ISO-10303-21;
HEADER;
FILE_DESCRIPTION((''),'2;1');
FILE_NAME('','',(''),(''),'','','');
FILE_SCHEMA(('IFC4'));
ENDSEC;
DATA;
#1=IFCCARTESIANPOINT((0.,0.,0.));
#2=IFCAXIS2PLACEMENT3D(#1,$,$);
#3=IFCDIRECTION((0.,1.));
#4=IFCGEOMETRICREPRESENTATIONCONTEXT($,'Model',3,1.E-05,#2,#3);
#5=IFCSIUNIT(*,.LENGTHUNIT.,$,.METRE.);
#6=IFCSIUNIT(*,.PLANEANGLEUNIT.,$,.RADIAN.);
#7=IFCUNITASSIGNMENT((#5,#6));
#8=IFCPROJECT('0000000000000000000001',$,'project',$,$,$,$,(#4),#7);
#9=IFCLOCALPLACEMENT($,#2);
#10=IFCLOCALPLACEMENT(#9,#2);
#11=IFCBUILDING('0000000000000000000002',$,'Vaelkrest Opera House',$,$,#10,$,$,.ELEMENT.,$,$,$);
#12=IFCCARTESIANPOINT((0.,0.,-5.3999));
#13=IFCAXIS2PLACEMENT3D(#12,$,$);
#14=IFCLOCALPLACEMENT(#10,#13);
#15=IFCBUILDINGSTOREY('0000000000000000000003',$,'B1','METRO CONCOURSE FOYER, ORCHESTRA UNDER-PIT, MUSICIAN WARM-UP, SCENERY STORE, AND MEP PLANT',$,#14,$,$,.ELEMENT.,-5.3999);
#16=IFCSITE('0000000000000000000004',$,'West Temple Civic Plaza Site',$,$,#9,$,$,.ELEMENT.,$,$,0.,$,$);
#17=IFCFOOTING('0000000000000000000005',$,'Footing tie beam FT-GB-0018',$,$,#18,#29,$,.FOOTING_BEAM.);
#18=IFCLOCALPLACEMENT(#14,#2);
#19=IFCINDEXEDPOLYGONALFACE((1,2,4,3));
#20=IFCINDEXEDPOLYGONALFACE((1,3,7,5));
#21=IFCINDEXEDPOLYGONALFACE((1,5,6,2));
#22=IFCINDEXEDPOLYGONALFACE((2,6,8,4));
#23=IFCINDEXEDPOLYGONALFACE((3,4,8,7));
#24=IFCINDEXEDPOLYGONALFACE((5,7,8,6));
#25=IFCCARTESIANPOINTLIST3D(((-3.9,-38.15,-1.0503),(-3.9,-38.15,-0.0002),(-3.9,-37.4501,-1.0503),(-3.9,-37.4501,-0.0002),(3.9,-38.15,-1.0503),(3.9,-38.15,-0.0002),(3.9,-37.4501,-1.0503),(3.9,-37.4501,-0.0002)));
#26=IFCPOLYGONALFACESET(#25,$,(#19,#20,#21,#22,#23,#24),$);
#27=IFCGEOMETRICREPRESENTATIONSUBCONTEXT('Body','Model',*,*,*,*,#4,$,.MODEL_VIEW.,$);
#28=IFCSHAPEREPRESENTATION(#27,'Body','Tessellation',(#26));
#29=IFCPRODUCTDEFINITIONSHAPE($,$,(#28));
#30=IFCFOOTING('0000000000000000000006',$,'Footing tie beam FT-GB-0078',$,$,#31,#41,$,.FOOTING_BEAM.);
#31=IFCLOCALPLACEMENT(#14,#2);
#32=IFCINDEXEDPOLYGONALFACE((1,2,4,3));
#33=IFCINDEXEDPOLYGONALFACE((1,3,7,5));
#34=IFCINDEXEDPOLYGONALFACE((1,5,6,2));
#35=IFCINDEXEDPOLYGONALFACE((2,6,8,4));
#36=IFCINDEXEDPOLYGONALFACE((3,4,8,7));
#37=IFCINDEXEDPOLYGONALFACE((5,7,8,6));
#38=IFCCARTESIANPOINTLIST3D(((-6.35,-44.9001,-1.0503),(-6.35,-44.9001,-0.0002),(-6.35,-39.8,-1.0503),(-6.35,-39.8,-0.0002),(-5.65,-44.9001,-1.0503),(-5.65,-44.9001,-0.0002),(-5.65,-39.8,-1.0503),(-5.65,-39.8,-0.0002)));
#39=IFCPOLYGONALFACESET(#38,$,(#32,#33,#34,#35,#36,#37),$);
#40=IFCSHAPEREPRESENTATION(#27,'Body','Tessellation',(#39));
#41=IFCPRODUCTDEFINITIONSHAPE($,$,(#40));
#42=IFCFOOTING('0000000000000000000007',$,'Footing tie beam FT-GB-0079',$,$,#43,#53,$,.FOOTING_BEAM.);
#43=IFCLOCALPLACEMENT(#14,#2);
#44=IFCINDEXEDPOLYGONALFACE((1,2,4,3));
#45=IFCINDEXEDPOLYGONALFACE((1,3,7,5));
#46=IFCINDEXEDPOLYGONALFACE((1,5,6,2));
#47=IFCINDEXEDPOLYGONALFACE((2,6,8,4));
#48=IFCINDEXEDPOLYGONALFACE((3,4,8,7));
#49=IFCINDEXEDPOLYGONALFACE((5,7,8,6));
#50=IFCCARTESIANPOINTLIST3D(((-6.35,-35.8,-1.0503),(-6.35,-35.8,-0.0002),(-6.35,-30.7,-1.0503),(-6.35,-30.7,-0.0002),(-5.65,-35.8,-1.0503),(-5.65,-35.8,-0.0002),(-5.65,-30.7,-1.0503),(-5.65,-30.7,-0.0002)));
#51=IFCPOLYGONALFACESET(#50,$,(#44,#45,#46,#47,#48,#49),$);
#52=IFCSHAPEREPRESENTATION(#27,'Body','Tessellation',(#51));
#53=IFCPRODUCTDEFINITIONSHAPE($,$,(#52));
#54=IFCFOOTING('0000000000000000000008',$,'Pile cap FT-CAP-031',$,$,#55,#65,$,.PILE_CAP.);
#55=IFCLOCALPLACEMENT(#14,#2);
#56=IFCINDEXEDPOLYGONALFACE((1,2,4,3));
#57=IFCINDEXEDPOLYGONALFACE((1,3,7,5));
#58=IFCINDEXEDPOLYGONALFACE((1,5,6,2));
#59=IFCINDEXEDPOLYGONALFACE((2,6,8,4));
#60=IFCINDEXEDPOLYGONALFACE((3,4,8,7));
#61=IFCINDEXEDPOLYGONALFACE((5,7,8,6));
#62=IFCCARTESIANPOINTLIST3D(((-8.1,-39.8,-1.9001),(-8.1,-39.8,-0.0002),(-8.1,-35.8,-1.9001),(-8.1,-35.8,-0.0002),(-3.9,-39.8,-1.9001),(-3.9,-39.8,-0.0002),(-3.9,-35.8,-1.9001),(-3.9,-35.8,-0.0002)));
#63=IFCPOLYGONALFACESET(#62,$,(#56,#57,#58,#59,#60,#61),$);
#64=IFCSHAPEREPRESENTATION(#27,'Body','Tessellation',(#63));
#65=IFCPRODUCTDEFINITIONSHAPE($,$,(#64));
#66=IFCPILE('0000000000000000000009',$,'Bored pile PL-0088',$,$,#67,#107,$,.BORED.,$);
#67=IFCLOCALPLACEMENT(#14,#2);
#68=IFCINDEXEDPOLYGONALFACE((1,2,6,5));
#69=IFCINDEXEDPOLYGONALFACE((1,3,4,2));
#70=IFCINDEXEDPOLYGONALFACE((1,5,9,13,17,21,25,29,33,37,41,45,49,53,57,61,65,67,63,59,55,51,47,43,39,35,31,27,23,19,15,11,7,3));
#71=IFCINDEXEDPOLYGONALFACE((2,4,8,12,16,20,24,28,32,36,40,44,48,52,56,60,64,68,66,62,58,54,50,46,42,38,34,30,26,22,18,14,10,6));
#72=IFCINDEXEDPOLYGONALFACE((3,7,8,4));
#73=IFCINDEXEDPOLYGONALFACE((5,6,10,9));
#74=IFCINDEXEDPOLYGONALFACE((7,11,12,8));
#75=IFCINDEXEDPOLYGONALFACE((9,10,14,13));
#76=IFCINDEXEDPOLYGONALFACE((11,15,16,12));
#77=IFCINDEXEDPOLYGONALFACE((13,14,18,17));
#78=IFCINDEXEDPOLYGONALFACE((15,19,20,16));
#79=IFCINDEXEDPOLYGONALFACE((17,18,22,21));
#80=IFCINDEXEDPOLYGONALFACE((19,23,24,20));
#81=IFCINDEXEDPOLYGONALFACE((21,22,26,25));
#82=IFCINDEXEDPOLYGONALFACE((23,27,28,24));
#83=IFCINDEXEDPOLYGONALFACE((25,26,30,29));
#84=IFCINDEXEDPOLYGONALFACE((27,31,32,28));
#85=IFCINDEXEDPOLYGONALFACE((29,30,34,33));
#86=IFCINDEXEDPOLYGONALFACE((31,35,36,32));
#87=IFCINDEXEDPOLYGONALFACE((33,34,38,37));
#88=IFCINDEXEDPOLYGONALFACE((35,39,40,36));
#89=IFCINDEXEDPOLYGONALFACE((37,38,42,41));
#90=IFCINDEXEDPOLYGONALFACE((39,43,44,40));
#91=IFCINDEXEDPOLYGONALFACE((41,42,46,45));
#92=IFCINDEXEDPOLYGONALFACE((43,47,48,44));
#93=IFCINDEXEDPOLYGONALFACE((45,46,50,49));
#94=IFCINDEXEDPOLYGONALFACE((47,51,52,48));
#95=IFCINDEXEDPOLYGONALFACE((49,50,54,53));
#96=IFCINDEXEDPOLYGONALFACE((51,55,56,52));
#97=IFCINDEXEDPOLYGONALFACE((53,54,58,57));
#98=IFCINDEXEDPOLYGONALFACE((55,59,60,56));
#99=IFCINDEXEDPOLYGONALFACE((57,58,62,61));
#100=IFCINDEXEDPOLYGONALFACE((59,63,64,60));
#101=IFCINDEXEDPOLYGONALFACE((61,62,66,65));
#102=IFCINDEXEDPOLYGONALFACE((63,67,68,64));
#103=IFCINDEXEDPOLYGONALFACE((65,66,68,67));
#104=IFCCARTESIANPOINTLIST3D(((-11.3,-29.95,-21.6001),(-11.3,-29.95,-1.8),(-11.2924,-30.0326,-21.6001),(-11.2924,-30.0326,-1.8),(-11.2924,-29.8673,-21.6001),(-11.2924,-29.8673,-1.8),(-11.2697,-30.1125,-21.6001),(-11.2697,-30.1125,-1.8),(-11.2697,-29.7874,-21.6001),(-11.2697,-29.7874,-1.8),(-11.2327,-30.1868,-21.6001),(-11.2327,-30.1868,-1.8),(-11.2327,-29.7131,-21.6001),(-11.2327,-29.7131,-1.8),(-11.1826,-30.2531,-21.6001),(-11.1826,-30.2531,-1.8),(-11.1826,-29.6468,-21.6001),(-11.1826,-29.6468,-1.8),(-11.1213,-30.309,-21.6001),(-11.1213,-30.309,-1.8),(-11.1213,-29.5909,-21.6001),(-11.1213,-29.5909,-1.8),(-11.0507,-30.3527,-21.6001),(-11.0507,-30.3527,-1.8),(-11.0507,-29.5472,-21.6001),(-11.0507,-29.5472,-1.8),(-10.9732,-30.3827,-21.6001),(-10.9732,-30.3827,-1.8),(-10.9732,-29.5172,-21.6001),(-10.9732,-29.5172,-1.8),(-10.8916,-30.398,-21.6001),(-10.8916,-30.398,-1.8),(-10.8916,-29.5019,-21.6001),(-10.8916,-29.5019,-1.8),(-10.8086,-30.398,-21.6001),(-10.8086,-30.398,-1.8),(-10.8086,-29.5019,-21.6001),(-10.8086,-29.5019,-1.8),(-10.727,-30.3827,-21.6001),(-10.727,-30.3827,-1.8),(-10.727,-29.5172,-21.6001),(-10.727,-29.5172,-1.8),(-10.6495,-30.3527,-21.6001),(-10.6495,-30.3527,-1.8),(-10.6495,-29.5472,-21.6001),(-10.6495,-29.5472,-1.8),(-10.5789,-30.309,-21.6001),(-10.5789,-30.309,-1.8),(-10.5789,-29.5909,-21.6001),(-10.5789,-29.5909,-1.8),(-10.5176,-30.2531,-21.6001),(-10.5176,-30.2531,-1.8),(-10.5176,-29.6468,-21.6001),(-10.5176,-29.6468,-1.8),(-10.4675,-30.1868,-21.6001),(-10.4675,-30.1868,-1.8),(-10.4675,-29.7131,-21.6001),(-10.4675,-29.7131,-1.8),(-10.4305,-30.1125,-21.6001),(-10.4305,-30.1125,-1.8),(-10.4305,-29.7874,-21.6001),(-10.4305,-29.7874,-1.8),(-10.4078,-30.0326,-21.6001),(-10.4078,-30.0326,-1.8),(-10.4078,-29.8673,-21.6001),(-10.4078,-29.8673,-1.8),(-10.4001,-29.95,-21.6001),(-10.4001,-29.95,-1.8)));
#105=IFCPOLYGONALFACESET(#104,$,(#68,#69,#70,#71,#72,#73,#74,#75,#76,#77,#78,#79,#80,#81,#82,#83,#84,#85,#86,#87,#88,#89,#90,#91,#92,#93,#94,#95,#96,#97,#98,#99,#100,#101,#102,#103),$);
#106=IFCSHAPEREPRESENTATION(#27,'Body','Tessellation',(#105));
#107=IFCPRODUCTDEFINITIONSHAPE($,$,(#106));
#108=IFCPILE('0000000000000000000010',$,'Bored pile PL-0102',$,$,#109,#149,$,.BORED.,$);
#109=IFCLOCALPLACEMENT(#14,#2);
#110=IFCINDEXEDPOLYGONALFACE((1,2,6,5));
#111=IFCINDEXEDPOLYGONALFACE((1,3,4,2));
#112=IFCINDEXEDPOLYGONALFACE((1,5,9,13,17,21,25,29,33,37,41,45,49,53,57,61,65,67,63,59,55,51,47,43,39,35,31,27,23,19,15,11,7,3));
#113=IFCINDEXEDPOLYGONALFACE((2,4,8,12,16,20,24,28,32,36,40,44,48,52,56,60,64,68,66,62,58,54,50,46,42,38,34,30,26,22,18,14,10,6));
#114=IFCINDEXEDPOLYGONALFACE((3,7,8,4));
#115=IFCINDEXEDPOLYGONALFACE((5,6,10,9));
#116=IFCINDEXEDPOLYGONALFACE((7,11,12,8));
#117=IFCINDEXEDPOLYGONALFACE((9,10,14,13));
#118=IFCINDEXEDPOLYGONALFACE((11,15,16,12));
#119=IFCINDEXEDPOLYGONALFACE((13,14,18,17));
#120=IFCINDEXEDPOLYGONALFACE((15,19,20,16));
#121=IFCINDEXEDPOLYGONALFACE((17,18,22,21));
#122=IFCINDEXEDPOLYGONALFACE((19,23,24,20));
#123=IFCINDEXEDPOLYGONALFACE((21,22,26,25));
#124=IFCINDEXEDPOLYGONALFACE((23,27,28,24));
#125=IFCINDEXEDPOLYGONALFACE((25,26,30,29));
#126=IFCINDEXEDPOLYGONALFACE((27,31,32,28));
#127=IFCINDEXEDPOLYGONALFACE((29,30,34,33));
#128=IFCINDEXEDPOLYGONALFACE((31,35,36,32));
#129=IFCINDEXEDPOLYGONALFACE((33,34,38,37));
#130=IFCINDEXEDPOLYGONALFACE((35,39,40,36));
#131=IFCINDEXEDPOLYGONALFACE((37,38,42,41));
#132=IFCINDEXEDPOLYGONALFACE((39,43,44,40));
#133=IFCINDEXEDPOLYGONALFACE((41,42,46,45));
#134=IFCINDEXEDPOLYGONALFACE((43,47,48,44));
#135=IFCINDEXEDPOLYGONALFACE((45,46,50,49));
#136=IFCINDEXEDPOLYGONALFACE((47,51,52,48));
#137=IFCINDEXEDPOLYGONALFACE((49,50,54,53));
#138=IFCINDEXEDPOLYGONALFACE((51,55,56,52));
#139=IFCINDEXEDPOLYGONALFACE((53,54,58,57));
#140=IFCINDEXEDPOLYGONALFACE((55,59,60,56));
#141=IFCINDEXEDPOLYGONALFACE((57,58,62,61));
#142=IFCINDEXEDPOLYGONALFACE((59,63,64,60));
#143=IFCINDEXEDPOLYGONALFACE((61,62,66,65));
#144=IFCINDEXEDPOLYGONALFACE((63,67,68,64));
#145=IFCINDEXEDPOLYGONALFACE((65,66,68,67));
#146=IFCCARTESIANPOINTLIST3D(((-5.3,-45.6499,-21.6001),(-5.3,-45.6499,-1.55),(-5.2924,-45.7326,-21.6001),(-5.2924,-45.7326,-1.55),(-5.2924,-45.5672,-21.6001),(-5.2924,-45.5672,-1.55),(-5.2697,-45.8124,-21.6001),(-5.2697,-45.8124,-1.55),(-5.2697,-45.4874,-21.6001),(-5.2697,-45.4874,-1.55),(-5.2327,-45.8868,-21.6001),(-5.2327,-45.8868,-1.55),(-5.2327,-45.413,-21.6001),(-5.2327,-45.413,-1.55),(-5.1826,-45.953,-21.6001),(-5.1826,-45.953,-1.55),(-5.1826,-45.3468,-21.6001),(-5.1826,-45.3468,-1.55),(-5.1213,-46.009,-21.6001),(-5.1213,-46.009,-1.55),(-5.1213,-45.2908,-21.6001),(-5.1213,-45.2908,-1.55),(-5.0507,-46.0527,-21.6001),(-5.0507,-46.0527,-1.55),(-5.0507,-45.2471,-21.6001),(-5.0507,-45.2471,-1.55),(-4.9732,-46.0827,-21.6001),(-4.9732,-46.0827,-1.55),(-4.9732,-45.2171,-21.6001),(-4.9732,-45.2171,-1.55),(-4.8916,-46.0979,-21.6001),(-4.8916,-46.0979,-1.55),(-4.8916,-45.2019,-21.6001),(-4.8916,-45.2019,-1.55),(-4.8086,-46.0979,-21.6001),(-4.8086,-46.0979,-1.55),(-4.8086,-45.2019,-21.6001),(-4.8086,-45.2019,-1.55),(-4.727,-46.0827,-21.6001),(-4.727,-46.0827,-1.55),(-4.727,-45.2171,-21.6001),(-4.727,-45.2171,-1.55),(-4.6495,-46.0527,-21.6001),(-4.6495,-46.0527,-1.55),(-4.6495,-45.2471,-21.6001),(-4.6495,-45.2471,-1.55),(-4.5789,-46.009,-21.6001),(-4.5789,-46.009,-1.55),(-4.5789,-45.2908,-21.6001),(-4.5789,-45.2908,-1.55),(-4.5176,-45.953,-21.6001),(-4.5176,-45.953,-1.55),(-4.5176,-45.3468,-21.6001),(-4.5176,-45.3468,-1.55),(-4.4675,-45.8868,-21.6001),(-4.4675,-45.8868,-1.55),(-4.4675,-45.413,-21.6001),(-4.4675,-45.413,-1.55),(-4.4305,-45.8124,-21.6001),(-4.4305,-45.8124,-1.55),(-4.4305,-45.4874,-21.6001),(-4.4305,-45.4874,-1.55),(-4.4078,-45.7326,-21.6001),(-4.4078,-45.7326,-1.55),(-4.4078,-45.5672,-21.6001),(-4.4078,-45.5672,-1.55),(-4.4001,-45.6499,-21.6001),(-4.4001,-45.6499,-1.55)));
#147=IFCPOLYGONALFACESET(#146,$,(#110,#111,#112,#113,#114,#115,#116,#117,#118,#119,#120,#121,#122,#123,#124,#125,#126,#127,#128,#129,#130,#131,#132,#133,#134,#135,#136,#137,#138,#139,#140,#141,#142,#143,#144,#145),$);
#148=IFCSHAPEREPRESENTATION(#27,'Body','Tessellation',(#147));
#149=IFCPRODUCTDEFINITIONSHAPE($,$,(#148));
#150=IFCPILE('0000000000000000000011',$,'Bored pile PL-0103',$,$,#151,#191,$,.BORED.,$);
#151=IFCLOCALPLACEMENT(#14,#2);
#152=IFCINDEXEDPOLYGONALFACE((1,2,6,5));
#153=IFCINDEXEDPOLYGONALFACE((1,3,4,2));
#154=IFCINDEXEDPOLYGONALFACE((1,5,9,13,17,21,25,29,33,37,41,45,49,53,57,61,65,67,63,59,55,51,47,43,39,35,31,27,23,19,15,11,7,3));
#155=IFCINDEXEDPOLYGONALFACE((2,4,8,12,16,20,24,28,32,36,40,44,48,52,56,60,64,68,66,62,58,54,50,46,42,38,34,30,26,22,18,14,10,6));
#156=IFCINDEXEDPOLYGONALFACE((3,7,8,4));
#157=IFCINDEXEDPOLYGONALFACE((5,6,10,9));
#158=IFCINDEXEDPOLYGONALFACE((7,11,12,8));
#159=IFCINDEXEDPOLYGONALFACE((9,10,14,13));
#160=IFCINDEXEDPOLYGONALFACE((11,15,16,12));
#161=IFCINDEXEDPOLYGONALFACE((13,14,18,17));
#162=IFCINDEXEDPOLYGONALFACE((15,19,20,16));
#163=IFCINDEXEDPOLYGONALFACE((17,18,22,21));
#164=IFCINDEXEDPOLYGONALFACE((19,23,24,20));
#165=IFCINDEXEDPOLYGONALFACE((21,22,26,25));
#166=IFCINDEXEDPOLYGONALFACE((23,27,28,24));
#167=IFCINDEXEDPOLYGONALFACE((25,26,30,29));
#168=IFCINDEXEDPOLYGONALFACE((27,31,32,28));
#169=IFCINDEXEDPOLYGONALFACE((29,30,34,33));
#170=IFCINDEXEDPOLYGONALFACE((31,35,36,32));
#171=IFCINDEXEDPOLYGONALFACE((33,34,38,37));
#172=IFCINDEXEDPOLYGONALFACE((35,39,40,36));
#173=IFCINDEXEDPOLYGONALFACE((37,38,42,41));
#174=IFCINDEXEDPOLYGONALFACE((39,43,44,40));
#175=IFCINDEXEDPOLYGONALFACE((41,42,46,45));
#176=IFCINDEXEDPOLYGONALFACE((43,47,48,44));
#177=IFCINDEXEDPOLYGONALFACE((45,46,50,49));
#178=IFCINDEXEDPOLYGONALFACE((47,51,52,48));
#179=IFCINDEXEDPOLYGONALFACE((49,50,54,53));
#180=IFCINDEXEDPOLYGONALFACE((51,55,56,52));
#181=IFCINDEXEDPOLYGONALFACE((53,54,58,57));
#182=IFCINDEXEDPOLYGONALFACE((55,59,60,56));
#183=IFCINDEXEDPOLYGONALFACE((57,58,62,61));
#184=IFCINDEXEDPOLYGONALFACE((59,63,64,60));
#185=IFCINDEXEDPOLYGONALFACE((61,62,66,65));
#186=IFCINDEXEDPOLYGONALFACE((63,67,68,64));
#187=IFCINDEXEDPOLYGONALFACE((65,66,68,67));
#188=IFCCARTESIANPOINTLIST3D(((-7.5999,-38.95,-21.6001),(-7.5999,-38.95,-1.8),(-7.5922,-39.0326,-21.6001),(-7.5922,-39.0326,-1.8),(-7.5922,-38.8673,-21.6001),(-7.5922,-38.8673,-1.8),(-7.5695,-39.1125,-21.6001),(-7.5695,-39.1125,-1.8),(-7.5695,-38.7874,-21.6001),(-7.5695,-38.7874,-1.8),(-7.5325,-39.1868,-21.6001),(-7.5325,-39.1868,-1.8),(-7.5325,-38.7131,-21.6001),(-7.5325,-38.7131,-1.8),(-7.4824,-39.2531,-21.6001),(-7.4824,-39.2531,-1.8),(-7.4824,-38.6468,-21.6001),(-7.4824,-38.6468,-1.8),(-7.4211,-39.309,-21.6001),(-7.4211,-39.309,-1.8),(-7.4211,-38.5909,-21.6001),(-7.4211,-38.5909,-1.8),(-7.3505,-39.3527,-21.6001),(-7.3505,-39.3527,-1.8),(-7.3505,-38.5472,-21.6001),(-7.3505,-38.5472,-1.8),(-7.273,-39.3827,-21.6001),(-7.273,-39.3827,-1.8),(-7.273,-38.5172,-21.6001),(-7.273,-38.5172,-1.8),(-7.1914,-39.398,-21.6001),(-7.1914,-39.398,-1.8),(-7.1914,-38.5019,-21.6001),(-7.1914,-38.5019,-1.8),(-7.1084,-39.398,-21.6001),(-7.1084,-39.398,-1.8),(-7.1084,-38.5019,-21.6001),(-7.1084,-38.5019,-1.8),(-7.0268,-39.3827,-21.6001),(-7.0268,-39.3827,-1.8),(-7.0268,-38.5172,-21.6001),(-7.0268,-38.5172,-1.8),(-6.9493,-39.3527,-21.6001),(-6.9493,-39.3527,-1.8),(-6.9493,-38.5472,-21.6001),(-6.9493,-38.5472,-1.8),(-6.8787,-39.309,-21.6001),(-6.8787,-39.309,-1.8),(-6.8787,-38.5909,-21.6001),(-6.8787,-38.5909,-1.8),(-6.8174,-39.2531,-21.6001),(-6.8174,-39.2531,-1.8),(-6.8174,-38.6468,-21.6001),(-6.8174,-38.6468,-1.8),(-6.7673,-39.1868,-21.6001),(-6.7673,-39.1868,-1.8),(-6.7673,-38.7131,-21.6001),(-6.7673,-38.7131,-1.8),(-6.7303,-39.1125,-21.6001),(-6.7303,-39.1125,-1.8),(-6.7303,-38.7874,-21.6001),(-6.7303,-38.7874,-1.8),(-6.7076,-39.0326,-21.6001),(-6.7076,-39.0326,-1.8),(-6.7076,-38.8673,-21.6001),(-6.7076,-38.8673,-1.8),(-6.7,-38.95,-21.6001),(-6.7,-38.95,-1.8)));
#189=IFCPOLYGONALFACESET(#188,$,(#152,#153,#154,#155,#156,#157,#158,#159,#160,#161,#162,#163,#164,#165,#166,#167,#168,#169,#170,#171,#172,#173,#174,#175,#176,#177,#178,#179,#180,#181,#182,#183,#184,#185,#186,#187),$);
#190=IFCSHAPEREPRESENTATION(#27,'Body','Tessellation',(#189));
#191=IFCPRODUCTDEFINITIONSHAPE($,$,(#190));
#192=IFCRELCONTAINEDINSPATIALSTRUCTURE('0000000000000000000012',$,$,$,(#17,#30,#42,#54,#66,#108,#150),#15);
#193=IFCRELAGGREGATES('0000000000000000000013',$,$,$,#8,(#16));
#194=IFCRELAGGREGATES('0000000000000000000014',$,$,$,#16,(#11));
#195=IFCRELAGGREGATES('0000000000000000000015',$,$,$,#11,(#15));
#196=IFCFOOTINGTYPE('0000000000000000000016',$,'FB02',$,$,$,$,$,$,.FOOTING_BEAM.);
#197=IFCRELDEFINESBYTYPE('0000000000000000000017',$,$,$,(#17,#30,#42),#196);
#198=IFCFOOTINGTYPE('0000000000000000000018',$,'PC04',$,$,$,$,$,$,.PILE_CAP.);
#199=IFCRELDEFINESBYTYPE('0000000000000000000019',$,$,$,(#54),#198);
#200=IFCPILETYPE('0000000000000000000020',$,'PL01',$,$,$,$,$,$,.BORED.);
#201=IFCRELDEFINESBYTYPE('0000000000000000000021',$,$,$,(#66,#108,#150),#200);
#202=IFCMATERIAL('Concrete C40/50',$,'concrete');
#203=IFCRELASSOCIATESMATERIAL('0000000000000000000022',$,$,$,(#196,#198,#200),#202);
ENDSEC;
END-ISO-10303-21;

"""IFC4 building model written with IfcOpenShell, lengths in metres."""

from ifc_helpers import new_model, si_unit, direction, frame, origin, origin_2d, place, context, subcontext, project, spatial, rectangle, circle, extrude, material, material_profile, profile_set, type_object, element, save


model = new_model("IFC4")

# Units and contexts
model_context = context("Model", 3, precision=1e-05, world=origin(), true_north=direction((0.0, 1.0)))
body_context = subcontext(model_context, "Body", "Model", "MODEL_VIEW")
ifc_project = project(units=[si_unit("LENGTHUNIT", "METRE"), si_unit("PLANEANGLEUNIT", "RADIAN")], contexts=[model_context])

# Site, building, storey
site_placement = place(None, origin())
site = spatial("IfcSite", under=ifc_project, at=site_placement, Name="West Temple Civic Plaza Site", CompositionType="ELEMENT", RefElevation=0.0)
building_placement = place(site_placement, origin())
building = spatial("IfcBuilding", under=site, at=building_placement, Name="Vaelkrest Opera House", CompositionType="ELEMENT")
storey_placement = place(building_placement, frame((0.0, 0.0, -5.3999)))
storey = spatial("IfcBuildingStorey", under=building, at=storey_placement, Name="B1", Description="METRO CONCOURSE FOYER, ORCHESTRA UNDER-PIT, MUSICIAN WARM-UP, SCENERY STORE, AND MEP PLANT", CompositionType="ELEMENT", Elevation=-5.3999)

# Footings
ifc_material_1 = material(Name="Concrete C40/50", Category="concrete")
footing_type_1 = type_object("IfcFootingType", Name="FB02", PredefinedType="FOOTING_BEAM", material=ifc_material_1)
footing_1_placement = place(storey_placement, frame((0.0, -37.8, -1.0503), z_axis=(0.0, 0.0, 1.0), x_axis=(1.0, 0.0, 0.0)))
element("IfcFooting", 1, at=footing_1_placement, inside=storey, type_object=footing_type_1, Name="Footing tie beam FT-GB-0018", PredefinedType="FOOTING_BEAM", context=body_context, shape_type="SweptSolid", body=[
    extrude(rectangle(XDim=7.8, YDim=0.7, at=origin_2d()), origin(), (0.0, 0.0, 1.0), 1.05),
])
for number, where, z_axis, x_axis, name in (
    (2, (-6.0, -42.3501, -1.0503), (0.0, 0.0, 1.0), (0.0, 1.0, 0.0), "Footing tie beam FT-GB-0078"),
    (3, (-6.0, -33.25, -1.0503), (0.0, 0.0, 1.0), (0.0, 1.0, 0.0), "Footing tie beam FT-GB-0079"),
):
    element("IfcFooting", number, at=place(storey_placement, frame(where, z_axis=z_axis, x_axis=x_axis)), inside=storey, type_object=footing_type_1, Name=name, PredefinedType="FOOTING_BEAM", context=body_context, shape_type="SweptSolid", body=[
        extrude(rectangle(XDim=5.1001, YDim=0.7, at=origin_2d()), origin(), (0.0, 0.0, 1.0), 1.05),
    ])
footing_type_2 = type_object("IfcFootingType", Name="PC04", PredefinedType="PILE_CAP", material=ifc_material_1)
footing_2_placement = place(storey_placement, frame((-6.0, -37.8, -1.9001), z_axis=(0.0, 0.0, 1.0), x_axis=(1.0, 0.0, 0.0)))
element("IfcFooting", 4, at=footing_2_placement, inside=storey, type_object=footing_type_2, Name="Pile cap FT-CAP-031", PredefinedType="PILE_CAP", context=body_context, shape_type="SweptSolid", body=[
    extrude(rectangle(XDim=4.2, YDim=4.0, at=origin_2d()), origin(), (0.0, 0.0, 1.0), 1.8999),
])

# Piles
ifc_material_profile_1 = material_profile(ifc_material_1, circle(Radius=0.45, at=origin_2d()), Name="PILE900")
ifc_profile_set_1 = profile_set([ifc_material_profile_1], Name="Concrete C40/50")
pile_type = type_object("IfcPileType", Name="PL01", PredefinedType="BORED", material=ifc_profile_set_1)
pile_1_placement = place(storey_placement, frame((-10.8501, -29.95, -1.8), z_axis=(0.0, 0.0, -1.0), x_axis=(1.0, 0.0, 0.0)))
element("IfcPile", 5, at=pile_1_placement, inside=storey, type_object=pile_type, Name="Bored pile PL-0088", PredefinedType="BORED", context=body_context, shape_type="SweptSolid", body=[
    extrude(circle(Radius=0.45, at=origin_2d()), origin(), (0.0, 0.0, 1.0), 19.8),
])
pile_2_placement = place(storey_placement, frame((-4.8501, -45.6499, -1.55), z_axis=(0.0, 0.0, -1.0), x_axis=(1.0, 0.0, 0.0)))
element("IfcPile", 6, at=pile_2_placement, inside=storey, type_object=pile_type, Name="Bored pile PL-0102", PredefinedType="BORED", context=body_context, shape_type="SweptSolid", body=[
    extrude(circle(Radius=0.45, at=origin_2d()), origin(), (0.0, 0.0, 1.0), 20.05),
])
for number, where, z_axis, x_axis, name in (
    (7, (-7.1499, -38.95, -1.8), (0.0, 0.0, -1.0), (1.0, 0.0, 0.0), "Bored pile PL-0103"),
):
    element("IfcPile", number, at=place(storey_placement, frame(where, z_axis=z_axis, x_axis=x_axis)), inside=storey, type_object=pile_type, Name=name, PredefinedType="BORED", context=body_context, shape_type="SweptSolid", body=[
        extrude(circle(Radius=0.45, at=origin_2d()), origin(), (0.0, 0.0, 1.0), 19.8),
    ])

save(model, "model.ifc")
